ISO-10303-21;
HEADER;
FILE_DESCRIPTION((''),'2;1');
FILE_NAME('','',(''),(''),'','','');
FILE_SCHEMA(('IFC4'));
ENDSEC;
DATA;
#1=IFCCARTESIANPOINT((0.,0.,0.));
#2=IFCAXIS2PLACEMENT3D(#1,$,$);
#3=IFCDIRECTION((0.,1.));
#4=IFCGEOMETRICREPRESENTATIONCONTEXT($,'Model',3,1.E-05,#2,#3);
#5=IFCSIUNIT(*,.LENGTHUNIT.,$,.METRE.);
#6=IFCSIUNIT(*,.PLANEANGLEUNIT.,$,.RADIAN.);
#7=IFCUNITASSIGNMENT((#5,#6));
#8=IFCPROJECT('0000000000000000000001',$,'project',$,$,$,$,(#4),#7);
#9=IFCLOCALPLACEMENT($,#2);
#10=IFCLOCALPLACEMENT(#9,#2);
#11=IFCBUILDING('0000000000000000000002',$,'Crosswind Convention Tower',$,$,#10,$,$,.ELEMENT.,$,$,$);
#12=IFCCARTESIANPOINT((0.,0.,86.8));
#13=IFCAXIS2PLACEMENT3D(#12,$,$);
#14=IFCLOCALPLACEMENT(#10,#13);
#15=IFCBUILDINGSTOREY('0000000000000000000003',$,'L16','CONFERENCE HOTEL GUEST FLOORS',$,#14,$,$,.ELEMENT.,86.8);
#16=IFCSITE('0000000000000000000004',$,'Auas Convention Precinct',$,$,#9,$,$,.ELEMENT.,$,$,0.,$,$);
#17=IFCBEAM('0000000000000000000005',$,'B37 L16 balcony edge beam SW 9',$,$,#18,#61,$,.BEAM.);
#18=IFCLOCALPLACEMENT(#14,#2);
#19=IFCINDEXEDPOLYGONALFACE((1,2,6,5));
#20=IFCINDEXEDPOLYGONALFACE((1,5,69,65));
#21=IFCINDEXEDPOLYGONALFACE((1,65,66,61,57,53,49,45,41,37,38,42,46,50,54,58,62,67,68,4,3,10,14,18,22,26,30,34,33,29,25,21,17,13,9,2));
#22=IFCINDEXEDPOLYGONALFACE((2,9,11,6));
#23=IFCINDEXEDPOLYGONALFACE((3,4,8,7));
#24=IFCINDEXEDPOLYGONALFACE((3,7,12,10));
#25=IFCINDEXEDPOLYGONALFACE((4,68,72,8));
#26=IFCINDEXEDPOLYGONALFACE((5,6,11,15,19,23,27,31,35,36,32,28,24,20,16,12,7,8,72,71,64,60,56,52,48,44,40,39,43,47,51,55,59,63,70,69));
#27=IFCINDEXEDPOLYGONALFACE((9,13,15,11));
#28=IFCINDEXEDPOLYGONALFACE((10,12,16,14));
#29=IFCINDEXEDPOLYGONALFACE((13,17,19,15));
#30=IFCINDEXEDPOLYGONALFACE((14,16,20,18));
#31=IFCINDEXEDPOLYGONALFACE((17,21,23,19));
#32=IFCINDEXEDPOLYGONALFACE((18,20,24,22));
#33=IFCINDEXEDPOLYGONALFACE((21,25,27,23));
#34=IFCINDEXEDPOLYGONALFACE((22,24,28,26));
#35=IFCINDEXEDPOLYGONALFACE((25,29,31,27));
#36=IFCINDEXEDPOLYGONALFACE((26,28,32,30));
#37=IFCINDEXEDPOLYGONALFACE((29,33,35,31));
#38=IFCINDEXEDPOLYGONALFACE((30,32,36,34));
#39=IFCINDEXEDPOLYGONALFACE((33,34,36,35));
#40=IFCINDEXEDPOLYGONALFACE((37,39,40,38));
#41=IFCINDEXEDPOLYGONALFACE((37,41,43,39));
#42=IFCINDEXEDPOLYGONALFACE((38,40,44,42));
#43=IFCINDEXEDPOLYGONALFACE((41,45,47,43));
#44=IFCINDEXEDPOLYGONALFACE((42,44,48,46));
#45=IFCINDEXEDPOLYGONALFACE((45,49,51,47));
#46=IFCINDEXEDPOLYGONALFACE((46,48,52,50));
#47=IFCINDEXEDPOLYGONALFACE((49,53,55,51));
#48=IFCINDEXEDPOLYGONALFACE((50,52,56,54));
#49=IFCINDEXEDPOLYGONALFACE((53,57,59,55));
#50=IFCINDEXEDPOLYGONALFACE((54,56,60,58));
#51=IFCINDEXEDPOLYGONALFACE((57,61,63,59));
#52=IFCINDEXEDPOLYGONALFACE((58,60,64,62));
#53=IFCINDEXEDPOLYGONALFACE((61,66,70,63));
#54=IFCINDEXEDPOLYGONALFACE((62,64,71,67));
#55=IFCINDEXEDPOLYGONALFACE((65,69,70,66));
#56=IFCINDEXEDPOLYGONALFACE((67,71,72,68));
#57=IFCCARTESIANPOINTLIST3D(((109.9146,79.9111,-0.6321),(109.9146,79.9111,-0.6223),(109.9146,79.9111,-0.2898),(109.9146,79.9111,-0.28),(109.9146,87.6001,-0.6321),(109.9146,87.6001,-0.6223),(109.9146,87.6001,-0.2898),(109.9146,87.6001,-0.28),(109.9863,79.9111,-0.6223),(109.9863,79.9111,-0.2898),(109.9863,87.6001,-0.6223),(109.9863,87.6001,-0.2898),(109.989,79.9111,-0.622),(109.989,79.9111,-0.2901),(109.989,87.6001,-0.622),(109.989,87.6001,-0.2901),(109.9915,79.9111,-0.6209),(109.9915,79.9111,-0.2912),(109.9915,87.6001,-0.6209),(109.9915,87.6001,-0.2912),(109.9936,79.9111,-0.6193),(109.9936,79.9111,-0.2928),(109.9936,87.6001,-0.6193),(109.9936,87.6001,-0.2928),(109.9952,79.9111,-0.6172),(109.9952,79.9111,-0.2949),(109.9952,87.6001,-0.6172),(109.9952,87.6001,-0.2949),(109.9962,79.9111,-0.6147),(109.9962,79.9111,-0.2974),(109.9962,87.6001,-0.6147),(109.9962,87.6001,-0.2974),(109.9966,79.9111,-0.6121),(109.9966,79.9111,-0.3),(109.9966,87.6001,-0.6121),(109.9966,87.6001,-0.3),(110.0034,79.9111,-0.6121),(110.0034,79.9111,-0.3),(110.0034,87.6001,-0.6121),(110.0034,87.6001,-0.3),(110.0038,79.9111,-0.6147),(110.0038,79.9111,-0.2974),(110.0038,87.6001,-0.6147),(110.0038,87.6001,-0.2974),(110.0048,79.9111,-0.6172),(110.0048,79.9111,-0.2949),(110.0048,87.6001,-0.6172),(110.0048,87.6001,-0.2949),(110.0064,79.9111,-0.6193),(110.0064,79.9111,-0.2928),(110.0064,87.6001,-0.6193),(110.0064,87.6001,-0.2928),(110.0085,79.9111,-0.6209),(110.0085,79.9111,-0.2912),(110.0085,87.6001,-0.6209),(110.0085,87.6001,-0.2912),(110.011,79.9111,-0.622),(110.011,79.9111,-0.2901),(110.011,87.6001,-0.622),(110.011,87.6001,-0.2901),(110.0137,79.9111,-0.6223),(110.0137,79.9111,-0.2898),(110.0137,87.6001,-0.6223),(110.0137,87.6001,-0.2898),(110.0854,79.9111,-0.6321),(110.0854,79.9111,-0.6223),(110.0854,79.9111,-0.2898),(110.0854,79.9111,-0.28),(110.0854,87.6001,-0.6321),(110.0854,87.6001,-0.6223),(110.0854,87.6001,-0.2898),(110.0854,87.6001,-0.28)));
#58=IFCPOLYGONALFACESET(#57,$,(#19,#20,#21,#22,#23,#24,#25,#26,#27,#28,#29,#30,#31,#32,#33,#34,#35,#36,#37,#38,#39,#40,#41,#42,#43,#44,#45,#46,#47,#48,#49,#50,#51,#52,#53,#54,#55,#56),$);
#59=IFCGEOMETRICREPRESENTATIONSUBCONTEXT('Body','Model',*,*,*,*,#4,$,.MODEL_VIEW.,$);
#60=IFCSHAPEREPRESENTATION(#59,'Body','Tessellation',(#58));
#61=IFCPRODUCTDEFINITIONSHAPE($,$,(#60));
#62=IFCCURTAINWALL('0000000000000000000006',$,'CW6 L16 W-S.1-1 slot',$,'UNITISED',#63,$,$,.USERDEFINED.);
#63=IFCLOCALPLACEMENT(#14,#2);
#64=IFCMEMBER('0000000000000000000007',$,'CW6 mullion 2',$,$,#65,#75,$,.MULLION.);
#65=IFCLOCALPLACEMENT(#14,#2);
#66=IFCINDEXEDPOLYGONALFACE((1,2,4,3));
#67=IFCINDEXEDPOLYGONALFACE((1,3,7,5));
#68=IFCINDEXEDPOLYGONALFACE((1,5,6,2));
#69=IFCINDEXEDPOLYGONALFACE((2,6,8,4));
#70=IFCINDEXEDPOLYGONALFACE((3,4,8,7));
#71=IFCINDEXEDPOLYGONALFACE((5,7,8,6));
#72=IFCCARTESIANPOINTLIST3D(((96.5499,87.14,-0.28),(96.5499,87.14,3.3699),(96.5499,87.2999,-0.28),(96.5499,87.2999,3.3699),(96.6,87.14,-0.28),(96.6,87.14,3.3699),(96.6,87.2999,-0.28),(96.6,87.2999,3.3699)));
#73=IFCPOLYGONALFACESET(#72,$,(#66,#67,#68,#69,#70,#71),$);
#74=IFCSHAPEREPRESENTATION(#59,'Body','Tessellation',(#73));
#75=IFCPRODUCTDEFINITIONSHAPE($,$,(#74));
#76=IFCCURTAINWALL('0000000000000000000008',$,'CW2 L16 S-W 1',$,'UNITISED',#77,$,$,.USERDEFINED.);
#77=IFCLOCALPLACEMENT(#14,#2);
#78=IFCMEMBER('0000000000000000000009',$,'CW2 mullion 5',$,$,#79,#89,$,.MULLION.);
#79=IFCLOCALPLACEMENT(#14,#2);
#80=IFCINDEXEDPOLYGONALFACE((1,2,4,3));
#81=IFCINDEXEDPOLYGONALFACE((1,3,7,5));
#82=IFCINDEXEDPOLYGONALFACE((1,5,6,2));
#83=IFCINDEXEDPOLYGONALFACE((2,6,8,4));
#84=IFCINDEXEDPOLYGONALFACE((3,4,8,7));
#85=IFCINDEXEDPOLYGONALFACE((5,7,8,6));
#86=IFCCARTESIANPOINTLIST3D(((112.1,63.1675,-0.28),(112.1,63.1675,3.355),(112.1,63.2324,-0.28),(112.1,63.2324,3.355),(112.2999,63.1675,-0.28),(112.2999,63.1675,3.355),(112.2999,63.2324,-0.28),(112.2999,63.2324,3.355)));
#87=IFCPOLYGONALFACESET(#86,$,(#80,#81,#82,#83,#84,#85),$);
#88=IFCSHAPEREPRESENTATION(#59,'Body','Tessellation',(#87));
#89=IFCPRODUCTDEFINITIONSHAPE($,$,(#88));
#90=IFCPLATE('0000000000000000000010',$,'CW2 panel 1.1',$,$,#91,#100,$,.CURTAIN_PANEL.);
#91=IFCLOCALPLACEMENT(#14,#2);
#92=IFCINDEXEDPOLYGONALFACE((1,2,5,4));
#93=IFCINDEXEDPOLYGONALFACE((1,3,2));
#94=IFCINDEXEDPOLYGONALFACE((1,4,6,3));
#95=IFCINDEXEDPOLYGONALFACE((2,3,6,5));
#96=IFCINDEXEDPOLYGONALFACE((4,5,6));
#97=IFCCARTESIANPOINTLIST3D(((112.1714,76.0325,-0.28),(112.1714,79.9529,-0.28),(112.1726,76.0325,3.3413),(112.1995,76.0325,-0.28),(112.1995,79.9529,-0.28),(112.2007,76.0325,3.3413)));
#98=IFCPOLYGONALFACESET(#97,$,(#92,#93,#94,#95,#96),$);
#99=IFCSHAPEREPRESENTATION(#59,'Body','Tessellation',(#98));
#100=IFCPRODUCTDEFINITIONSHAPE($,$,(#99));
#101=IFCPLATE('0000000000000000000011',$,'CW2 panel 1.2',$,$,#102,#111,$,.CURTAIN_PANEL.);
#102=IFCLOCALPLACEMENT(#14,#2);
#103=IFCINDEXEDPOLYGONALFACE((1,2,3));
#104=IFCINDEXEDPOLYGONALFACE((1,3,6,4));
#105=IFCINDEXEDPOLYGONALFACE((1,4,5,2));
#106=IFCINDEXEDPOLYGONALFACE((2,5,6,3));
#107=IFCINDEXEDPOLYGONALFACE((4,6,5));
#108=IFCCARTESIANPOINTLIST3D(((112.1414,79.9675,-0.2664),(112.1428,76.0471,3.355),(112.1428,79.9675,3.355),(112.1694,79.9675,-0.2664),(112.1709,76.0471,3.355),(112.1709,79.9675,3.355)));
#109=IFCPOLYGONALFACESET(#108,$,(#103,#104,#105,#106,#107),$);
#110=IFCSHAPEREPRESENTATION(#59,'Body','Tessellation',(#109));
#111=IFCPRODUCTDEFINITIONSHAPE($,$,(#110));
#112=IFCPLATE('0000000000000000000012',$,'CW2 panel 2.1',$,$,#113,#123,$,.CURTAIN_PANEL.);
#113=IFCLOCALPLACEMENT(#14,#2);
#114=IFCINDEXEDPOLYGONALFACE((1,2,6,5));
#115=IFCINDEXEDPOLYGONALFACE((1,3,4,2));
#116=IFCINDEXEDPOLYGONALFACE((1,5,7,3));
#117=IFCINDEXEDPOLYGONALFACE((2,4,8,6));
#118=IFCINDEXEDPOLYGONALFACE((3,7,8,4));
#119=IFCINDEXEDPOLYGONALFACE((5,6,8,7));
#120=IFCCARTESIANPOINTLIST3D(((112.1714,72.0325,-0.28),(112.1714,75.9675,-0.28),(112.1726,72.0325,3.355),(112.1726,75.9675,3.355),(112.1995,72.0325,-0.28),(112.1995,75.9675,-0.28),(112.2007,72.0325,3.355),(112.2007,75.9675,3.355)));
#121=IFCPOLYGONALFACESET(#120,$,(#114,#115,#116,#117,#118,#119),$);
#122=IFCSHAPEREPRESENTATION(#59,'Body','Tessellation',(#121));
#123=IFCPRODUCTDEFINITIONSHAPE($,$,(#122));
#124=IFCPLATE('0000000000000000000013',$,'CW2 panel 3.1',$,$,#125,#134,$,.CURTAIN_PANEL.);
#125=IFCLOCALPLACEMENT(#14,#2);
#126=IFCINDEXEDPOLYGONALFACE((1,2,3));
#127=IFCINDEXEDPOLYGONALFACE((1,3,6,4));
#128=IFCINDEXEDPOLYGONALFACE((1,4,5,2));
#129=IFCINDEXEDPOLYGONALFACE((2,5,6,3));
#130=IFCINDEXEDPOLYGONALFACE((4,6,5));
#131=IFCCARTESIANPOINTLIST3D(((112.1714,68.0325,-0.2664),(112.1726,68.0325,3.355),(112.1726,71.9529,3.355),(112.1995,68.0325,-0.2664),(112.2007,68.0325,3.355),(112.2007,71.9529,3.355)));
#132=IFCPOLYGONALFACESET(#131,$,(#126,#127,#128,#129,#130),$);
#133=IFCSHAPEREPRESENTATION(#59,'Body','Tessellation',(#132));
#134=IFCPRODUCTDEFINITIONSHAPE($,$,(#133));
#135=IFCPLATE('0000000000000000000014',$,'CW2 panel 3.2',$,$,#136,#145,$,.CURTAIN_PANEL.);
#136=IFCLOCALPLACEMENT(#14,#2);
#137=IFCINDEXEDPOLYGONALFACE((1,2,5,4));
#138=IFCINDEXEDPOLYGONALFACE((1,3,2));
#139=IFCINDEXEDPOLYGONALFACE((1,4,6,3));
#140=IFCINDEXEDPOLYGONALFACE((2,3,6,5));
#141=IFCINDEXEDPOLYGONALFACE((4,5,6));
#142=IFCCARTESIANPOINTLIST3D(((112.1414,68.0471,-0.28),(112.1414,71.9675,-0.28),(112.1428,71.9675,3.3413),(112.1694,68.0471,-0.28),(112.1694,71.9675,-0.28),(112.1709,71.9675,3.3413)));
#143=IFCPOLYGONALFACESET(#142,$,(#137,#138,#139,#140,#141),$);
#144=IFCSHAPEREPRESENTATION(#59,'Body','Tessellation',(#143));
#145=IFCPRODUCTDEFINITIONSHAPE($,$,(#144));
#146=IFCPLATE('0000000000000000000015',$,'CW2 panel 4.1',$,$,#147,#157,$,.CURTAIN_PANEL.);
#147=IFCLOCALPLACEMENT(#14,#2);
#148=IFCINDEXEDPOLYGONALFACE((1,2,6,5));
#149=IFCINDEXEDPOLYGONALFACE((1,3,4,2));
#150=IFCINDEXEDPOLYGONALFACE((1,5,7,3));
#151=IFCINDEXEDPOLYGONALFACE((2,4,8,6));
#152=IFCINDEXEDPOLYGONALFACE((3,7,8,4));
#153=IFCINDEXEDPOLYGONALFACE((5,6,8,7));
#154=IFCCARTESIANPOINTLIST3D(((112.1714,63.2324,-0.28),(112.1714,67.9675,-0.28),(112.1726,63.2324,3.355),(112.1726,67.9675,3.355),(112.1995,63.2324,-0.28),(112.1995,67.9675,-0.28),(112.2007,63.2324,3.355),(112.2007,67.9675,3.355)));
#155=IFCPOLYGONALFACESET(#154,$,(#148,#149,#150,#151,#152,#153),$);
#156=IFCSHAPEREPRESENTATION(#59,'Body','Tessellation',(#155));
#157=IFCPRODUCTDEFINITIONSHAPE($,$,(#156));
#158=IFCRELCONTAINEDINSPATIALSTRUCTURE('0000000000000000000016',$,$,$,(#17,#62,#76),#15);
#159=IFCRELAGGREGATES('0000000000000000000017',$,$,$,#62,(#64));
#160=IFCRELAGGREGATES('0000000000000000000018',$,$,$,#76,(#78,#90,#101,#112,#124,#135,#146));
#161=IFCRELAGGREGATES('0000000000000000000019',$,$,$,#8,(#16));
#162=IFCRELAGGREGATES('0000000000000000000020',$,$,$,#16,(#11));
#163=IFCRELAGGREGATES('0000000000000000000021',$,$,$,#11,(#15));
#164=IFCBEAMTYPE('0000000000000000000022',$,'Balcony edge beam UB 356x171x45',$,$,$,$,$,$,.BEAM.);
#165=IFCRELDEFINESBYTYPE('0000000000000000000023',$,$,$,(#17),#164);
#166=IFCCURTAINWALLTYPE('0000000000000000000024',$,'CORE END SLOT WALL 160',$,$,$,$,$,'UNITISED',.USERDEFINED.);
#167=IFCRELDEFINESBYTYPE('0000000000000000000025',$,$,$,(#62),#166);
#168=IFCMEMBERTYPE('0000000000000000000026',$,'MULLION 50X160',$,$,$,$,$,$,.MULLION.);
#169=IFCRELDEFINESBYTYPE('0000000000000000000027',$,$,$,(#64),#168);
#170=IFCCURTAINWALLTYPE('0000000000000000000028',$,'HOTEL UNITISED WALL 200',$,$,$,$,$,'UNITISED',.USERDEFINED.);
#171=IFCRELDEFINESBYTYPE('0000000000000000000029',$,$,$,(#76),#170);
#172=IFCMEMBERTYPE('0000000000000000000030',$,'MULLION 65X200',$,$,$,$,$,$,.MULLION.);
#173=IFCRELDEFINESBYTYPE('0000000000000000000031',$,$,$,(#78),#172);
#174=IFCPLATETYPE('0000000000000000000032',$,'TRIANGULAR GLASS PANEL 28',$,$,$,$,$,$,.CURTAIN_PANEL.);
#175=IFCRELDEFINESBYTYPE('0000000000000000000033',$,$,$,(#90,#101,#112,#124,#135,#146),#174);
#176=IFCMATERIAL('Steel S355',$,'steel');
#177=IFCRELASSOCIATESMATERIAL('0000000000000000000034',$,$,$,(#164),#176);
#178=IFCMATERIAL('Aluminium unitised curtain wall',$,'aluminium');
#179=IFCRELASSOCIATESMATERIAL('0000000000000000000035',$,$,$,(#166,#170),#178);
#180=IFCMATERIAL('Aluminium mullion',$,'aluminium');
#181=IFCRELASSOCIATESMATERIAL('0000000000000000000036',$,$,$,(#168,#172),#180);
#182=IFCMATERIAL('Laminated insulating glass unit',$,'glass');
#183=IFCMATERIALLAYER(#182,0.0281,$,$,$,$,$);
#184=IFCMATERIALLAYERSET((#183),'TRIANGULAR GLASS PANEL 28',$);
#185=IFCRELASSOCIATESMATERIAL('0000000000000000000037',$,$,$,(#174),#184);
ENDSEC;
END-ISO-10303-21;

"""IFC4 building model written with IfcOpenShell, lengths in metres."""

from ifc_helpers import new_model, si_unit, direction, frame, origin, origin_2d, place, context, subcontext, project, spatial, polyline, rectangle, i_section, outline, extrude, material, layer, layer_set, material_profile, profile_set, type_object, element, aggregate, save


model = new_model("IFC4")

# Units and contexts
model_context = context("Model", 3, precision=1e-05, world=origin(), true_north=direction((0.0, 1.0)))
body_context = subcontext(model_context, "Body", "Model", "MODEL_VIEW")
ifc_project = project(units=[si_unit("LENGTHUNIT", "METRE"), si_unit("PLANEANGLEUNIT", "RADIAN")], contexts=[model_context])

# Site, building, storey
site_placement = place(None, origin())
site = spatial("IfcSite", under=ifc_project, at=site_placement, Name="Auas Convention Precinct", CompositionType="ELEMENT", RefElevation=0.0)
building_placement = place(site_placement, origin())
building = spatial("IfcBuilding", under=site, at=building_placement, Name="Crosswind Convention Tower", CompositionType="ELEMENT")
storey_placement = place(building_placement, frame((0.0, 0.0, 86.8)))
storey = spatial("IfcBuildingStorey", under=building, at=storey_placement, Name="L16", Description="CONFERENCE HOTEL GUEST FLOORS", CompositionType="ELEMENT", Elevation=86.8)

# Beam
ifc_material_1 = material(Name="Steel S355", Category="steel")
ifc_material_profile_1 = material_profile(ifc_material_1, i_section(OverallWidth=0.1709, OverallDepth=0.3521, WebThickness=0.0068, FlangeThickness=0.0098, FilletRadius=0.0103, at=origin_2d()), Name="UB 356x171x45")
ifc_profile_set_1 = profile_set([ifc_material_profile_1], Name="Steel S355")
beam_type = type_object("IfcBeamType", Name="Balcony edge beam UB 356x171x45", PredefinedType="BEAM", material=ifc_profile_set_1)
beam_placement = place(storey_placement, frame((110.0, 87.6001, -0.4561), z_axis=(0.0, -1.0, 0.0), x_axis=(1.0, 0.0, 0.0)))
element("IfcBeam", 1, at=beam_placement, inside=storey, type_object=beam_type, Name="B37 L16 balcony edge beam SW 9", PredefinedType="BEAM", context=body_context, shape_type="SweptSolid", body=[
    extrude(i_section(OverallWidth=0.1709, OverallDepth=0.3521, WebThickness=0.0068, FlangeThickness=0.0098, FilletRadius=0.0103, at=origin_2d()), origin(), (0.0, 0.0, 1.0), 7.689),
])

# Curtain wall, member
ifc_material_2 = material(Name="Aluminium unitised curtain wall", Category="aluminium")
curtain_wall_type_1 = type_object("IfcCurtainWallType", Name="CORE END SLOT WALL 160", ElementType="UNITISED", PredefinedType="USERDEFINED", material=ifc_material_2)
curtain_wall_1_placement = place(storey_placement, origin())
curtain_wall_1 = element("IfcCurtainWall", 2, at=curtain_wall_1_placement, inside=storey, type_object=curtain_wall_type_1, Name="CW6 L16 W-S.1-1 slot", ObjectType="UNITISED", PredefinedType="USERDEFINED")
ifc_material_3 = material(Name="Aluminium mullion", Category="aluminium")
ifc_material_profile_2 = material_profile(ifc_material_3, rectangle(XDim=0.1599, YDim=0.05, at=origin_2d()), Name="AL 160X50")
ifc_profile_set_2 = profile_set([ifc_material_profile_2], Name="Aluminium mullion")
member_type_1 = type_object("IfcMemberType", Name="MULLION 50X160", PredefinedType="MULLION", material=ifc_profile_set_2)
member_1_placement = place(storey_placement, frame((96.575, 87.22, -0.28), z_axis=(0.0, 0.0, 1.0), x_axis=(0.0, -1.0, 0.0)))
member_1 = element("IfcMember", 3, at=member_1_placement, type_object=member_type_1, Name="CW6 mullion 2", PredefinedType="MULLION", context=body_context, shape_type="SweptSolid", body=[
    extrude(rectangle(XDim=0.1599, YDim=0.05, at=origin_2d()), origin(), (0.0, 0.0, 1.0), 3.6499),
])
aggregate(curtain_wall_1, [member_1])

# Curtain wall, member, plates
curtain_wall_type_2 = type_object("IfcCurtainWallType", Name="HOTEL UNITISED WALL 200", ElementType="UNITISED", PredefinedType="USERDEFINED", material=ifc_material_2)
curtain_wall_2_placement = place(storey_placement, origin())
curtain_wall_2 = element("IfcCurtainWall", 4, at=curtain_wall_2_placement, inside=storey, type_object=curtain_wall_type_2, Name="CW2 L16 S-W 1", ObjectType="UNITISED", PredefinedType="USERDEFINED")
ifc_material_profile_3 = material_profile(ifc_material_3, rectangle(XDim=0.2, YDim=0.0649, at=origin_2d()), Name="AL 200X65")
ifc_profile_set_3 = profile_set([ifc_material_profile_3], Name="Aluminium mullion")
member_type_2 = type_object("IfcMemberType", Name="MULLION 65X200", PredefinedType="MULLION", material=ifc_profile_set_3)
member_2_placement = place(storey_placement, frame((112.2, 63.2, -0.28), z_axis=(0.0, 0.0, 1.0), x_axis=(-1.0, 0.0, 0.0)))
member_2 = element("IfcMember", 5, at=member_2_placement, type_object=member_type_2, Name="CW2 mullion 5", PredefinedType="MULLION", context=body_context, shape_type="SweptSolid", body=[
    extrude(rectangle(XDim=0.2, YDim=0.0649, at=origin_2d()), origin(), (0.0, 0.0, 1.0), 3.635),
])
ifc_material_4 = material(Name="Laminated insulating glass unit", Category="glass")
ifc_layer_1 = layer(ifc_material_4, 0.0281)
ifc_layer_set_1 = layer_set([ifc_layer_1], Name="TRIANGULAR GLASS PANEL 28")
plate_type = type_object("IfcPlateType", Name="TRIANGULAR GLASS PANEL 28", PredefinedType="CURTAIN_PANEL", material=ifc_layer_set_1)
plate_1_placement = place(storey_placement, frame((112.1714, 76.0325, -0.28), z_axis=(-1.0, 0.0, 0.000337), x_axis=(0.000337, 0.0, 1.0)))
plate_1 = element("IfcPlate", 6, at=plate_1_placement, type_object=plate_type, Name="CW2 panel 1.1", PredefinedType="CURTAIN_PANEL", context=body_context, shape_type="SweptSolid", body=[
    extrude(outline(polyline([(0.0, 0.0), (3.6213, 0.0), (0.0, 3.9204), (0.0, 0.0)])), origin(), (0.0, 0.0, -1.0), 0.0281),
])
plate_2_placement = place(storey_placement, frame((112.1428, 79.9675, 3.355), z_axis=(-1.0, 0.0, 0.000405), x_axis=(-0.000405, 0.0, -1.0)))
plate_2 = element("IfcPlate", 7, at=plate_2_placement, type_object=plate_type, Name="CW2 panel 1.2", PredefinedType="CURTAIN_PANEL", context=body_context, shape_type="SweptSolid", body=[
    extrude(outline(polyline([(0.0, 0.0), (3.6213, 0.0), (0.0, 3.9204), (0.0, 0.0)])), origin(), (0.0, 0.0, -1.0), 0.0281),
])
plate_3_placement = place(storey_placement, frame((112.1714, 75.9675, -0.28), z_axis=(-1.0, 0.0, 0.000336), x_axis=(0.0, -1.0, 0.0)))
plate_3 = element("IfcPlate", 8, at=plate_3_placement, type_object=plate_type, Name="CW2 panel 2.1", PredefinedType="CURTAIN_PANEL", context=body_context, shape_type="SweptSolid", body=[
    extrude(outline(polyline([(0.0, 0.0), (3.9351, 0.0), (3.9351, 3.635), (0.0, 3.635), (0.0, 0.0)])), origin(), (0.0, 0.0, -1.0), 0.0281),
])
plate_4_placement = place(storey_placement, frame((112.1726, 68.0325, 3.355), z_axis=(-1.0, 0.0, 0.000337), x_axis=(0.0, 1.0, 0.0)))
plate_4 = element("IfcPlate", 9, at=plate_4_placement, type_object=plate_type, Name="CW2 panel 3.1", PredefinedType="CURTAIN_PANEL", context=body_context, shape_type="SweptSolid", body=[
    extrude(outline(polyline([(0.0, 0.0), (3.9204, 0.0), (0.0, 3.6213), (0.0, 0.0)])), origin(), (0.0, 0.0, -1.0), 0.0281),
])
plate_5_placement = place(storey_placement, frame((112.1414, 71.9675, -0.28), z_axis=(-1.0, 0.0, 0.000405), x_axis=(0.0, -1.0, 0.0)))
plate_5 = element("IfcPlate", 10, at=plate_5_placement, type_object=plate_type, Name="CW2 panel 3.2", PredefinedType="CURTAIN_PANEL", context=body_context, shape_type="SweptSolid", body=[
    extrude(outline(polyline([(0.0, 0.0), (3.9204, 0.0), (0.0, 3.6213), (0.0, 0.0)])), origin(), (0.0, 0.0, -1.0), 0.0281),
])
plate_6_placement = place(storey_placement, frame((112.1714, 67.9675, -0.28), z_axis=(-1.0, 0.0, 0.000336), x_axis=(0.0, -1.0, 0.0)))
plate_6 = element("IfcPlate", 11, at=plate_6_placement, type_object=plate_type, Name="CW2 panel 4.1", PredefinedType="CURTAIN_PANEL", context=body_context, shape_type="SweptSolid", body=[
    extrude(outline(polyline([(0.0, 0.0), (4.7351, 0.0), (4.7351, 3.635), (0.0, 3.635), (0.0, 0.0)])), origin(), (0.0, 0.0, -1.0), 0.0281),
])

aggregate(curtain_wall_2, [member_2, plate_1, plate_2, plate_3, plate_4, plate_5, plate_6])

save(model, "model.ifc")
